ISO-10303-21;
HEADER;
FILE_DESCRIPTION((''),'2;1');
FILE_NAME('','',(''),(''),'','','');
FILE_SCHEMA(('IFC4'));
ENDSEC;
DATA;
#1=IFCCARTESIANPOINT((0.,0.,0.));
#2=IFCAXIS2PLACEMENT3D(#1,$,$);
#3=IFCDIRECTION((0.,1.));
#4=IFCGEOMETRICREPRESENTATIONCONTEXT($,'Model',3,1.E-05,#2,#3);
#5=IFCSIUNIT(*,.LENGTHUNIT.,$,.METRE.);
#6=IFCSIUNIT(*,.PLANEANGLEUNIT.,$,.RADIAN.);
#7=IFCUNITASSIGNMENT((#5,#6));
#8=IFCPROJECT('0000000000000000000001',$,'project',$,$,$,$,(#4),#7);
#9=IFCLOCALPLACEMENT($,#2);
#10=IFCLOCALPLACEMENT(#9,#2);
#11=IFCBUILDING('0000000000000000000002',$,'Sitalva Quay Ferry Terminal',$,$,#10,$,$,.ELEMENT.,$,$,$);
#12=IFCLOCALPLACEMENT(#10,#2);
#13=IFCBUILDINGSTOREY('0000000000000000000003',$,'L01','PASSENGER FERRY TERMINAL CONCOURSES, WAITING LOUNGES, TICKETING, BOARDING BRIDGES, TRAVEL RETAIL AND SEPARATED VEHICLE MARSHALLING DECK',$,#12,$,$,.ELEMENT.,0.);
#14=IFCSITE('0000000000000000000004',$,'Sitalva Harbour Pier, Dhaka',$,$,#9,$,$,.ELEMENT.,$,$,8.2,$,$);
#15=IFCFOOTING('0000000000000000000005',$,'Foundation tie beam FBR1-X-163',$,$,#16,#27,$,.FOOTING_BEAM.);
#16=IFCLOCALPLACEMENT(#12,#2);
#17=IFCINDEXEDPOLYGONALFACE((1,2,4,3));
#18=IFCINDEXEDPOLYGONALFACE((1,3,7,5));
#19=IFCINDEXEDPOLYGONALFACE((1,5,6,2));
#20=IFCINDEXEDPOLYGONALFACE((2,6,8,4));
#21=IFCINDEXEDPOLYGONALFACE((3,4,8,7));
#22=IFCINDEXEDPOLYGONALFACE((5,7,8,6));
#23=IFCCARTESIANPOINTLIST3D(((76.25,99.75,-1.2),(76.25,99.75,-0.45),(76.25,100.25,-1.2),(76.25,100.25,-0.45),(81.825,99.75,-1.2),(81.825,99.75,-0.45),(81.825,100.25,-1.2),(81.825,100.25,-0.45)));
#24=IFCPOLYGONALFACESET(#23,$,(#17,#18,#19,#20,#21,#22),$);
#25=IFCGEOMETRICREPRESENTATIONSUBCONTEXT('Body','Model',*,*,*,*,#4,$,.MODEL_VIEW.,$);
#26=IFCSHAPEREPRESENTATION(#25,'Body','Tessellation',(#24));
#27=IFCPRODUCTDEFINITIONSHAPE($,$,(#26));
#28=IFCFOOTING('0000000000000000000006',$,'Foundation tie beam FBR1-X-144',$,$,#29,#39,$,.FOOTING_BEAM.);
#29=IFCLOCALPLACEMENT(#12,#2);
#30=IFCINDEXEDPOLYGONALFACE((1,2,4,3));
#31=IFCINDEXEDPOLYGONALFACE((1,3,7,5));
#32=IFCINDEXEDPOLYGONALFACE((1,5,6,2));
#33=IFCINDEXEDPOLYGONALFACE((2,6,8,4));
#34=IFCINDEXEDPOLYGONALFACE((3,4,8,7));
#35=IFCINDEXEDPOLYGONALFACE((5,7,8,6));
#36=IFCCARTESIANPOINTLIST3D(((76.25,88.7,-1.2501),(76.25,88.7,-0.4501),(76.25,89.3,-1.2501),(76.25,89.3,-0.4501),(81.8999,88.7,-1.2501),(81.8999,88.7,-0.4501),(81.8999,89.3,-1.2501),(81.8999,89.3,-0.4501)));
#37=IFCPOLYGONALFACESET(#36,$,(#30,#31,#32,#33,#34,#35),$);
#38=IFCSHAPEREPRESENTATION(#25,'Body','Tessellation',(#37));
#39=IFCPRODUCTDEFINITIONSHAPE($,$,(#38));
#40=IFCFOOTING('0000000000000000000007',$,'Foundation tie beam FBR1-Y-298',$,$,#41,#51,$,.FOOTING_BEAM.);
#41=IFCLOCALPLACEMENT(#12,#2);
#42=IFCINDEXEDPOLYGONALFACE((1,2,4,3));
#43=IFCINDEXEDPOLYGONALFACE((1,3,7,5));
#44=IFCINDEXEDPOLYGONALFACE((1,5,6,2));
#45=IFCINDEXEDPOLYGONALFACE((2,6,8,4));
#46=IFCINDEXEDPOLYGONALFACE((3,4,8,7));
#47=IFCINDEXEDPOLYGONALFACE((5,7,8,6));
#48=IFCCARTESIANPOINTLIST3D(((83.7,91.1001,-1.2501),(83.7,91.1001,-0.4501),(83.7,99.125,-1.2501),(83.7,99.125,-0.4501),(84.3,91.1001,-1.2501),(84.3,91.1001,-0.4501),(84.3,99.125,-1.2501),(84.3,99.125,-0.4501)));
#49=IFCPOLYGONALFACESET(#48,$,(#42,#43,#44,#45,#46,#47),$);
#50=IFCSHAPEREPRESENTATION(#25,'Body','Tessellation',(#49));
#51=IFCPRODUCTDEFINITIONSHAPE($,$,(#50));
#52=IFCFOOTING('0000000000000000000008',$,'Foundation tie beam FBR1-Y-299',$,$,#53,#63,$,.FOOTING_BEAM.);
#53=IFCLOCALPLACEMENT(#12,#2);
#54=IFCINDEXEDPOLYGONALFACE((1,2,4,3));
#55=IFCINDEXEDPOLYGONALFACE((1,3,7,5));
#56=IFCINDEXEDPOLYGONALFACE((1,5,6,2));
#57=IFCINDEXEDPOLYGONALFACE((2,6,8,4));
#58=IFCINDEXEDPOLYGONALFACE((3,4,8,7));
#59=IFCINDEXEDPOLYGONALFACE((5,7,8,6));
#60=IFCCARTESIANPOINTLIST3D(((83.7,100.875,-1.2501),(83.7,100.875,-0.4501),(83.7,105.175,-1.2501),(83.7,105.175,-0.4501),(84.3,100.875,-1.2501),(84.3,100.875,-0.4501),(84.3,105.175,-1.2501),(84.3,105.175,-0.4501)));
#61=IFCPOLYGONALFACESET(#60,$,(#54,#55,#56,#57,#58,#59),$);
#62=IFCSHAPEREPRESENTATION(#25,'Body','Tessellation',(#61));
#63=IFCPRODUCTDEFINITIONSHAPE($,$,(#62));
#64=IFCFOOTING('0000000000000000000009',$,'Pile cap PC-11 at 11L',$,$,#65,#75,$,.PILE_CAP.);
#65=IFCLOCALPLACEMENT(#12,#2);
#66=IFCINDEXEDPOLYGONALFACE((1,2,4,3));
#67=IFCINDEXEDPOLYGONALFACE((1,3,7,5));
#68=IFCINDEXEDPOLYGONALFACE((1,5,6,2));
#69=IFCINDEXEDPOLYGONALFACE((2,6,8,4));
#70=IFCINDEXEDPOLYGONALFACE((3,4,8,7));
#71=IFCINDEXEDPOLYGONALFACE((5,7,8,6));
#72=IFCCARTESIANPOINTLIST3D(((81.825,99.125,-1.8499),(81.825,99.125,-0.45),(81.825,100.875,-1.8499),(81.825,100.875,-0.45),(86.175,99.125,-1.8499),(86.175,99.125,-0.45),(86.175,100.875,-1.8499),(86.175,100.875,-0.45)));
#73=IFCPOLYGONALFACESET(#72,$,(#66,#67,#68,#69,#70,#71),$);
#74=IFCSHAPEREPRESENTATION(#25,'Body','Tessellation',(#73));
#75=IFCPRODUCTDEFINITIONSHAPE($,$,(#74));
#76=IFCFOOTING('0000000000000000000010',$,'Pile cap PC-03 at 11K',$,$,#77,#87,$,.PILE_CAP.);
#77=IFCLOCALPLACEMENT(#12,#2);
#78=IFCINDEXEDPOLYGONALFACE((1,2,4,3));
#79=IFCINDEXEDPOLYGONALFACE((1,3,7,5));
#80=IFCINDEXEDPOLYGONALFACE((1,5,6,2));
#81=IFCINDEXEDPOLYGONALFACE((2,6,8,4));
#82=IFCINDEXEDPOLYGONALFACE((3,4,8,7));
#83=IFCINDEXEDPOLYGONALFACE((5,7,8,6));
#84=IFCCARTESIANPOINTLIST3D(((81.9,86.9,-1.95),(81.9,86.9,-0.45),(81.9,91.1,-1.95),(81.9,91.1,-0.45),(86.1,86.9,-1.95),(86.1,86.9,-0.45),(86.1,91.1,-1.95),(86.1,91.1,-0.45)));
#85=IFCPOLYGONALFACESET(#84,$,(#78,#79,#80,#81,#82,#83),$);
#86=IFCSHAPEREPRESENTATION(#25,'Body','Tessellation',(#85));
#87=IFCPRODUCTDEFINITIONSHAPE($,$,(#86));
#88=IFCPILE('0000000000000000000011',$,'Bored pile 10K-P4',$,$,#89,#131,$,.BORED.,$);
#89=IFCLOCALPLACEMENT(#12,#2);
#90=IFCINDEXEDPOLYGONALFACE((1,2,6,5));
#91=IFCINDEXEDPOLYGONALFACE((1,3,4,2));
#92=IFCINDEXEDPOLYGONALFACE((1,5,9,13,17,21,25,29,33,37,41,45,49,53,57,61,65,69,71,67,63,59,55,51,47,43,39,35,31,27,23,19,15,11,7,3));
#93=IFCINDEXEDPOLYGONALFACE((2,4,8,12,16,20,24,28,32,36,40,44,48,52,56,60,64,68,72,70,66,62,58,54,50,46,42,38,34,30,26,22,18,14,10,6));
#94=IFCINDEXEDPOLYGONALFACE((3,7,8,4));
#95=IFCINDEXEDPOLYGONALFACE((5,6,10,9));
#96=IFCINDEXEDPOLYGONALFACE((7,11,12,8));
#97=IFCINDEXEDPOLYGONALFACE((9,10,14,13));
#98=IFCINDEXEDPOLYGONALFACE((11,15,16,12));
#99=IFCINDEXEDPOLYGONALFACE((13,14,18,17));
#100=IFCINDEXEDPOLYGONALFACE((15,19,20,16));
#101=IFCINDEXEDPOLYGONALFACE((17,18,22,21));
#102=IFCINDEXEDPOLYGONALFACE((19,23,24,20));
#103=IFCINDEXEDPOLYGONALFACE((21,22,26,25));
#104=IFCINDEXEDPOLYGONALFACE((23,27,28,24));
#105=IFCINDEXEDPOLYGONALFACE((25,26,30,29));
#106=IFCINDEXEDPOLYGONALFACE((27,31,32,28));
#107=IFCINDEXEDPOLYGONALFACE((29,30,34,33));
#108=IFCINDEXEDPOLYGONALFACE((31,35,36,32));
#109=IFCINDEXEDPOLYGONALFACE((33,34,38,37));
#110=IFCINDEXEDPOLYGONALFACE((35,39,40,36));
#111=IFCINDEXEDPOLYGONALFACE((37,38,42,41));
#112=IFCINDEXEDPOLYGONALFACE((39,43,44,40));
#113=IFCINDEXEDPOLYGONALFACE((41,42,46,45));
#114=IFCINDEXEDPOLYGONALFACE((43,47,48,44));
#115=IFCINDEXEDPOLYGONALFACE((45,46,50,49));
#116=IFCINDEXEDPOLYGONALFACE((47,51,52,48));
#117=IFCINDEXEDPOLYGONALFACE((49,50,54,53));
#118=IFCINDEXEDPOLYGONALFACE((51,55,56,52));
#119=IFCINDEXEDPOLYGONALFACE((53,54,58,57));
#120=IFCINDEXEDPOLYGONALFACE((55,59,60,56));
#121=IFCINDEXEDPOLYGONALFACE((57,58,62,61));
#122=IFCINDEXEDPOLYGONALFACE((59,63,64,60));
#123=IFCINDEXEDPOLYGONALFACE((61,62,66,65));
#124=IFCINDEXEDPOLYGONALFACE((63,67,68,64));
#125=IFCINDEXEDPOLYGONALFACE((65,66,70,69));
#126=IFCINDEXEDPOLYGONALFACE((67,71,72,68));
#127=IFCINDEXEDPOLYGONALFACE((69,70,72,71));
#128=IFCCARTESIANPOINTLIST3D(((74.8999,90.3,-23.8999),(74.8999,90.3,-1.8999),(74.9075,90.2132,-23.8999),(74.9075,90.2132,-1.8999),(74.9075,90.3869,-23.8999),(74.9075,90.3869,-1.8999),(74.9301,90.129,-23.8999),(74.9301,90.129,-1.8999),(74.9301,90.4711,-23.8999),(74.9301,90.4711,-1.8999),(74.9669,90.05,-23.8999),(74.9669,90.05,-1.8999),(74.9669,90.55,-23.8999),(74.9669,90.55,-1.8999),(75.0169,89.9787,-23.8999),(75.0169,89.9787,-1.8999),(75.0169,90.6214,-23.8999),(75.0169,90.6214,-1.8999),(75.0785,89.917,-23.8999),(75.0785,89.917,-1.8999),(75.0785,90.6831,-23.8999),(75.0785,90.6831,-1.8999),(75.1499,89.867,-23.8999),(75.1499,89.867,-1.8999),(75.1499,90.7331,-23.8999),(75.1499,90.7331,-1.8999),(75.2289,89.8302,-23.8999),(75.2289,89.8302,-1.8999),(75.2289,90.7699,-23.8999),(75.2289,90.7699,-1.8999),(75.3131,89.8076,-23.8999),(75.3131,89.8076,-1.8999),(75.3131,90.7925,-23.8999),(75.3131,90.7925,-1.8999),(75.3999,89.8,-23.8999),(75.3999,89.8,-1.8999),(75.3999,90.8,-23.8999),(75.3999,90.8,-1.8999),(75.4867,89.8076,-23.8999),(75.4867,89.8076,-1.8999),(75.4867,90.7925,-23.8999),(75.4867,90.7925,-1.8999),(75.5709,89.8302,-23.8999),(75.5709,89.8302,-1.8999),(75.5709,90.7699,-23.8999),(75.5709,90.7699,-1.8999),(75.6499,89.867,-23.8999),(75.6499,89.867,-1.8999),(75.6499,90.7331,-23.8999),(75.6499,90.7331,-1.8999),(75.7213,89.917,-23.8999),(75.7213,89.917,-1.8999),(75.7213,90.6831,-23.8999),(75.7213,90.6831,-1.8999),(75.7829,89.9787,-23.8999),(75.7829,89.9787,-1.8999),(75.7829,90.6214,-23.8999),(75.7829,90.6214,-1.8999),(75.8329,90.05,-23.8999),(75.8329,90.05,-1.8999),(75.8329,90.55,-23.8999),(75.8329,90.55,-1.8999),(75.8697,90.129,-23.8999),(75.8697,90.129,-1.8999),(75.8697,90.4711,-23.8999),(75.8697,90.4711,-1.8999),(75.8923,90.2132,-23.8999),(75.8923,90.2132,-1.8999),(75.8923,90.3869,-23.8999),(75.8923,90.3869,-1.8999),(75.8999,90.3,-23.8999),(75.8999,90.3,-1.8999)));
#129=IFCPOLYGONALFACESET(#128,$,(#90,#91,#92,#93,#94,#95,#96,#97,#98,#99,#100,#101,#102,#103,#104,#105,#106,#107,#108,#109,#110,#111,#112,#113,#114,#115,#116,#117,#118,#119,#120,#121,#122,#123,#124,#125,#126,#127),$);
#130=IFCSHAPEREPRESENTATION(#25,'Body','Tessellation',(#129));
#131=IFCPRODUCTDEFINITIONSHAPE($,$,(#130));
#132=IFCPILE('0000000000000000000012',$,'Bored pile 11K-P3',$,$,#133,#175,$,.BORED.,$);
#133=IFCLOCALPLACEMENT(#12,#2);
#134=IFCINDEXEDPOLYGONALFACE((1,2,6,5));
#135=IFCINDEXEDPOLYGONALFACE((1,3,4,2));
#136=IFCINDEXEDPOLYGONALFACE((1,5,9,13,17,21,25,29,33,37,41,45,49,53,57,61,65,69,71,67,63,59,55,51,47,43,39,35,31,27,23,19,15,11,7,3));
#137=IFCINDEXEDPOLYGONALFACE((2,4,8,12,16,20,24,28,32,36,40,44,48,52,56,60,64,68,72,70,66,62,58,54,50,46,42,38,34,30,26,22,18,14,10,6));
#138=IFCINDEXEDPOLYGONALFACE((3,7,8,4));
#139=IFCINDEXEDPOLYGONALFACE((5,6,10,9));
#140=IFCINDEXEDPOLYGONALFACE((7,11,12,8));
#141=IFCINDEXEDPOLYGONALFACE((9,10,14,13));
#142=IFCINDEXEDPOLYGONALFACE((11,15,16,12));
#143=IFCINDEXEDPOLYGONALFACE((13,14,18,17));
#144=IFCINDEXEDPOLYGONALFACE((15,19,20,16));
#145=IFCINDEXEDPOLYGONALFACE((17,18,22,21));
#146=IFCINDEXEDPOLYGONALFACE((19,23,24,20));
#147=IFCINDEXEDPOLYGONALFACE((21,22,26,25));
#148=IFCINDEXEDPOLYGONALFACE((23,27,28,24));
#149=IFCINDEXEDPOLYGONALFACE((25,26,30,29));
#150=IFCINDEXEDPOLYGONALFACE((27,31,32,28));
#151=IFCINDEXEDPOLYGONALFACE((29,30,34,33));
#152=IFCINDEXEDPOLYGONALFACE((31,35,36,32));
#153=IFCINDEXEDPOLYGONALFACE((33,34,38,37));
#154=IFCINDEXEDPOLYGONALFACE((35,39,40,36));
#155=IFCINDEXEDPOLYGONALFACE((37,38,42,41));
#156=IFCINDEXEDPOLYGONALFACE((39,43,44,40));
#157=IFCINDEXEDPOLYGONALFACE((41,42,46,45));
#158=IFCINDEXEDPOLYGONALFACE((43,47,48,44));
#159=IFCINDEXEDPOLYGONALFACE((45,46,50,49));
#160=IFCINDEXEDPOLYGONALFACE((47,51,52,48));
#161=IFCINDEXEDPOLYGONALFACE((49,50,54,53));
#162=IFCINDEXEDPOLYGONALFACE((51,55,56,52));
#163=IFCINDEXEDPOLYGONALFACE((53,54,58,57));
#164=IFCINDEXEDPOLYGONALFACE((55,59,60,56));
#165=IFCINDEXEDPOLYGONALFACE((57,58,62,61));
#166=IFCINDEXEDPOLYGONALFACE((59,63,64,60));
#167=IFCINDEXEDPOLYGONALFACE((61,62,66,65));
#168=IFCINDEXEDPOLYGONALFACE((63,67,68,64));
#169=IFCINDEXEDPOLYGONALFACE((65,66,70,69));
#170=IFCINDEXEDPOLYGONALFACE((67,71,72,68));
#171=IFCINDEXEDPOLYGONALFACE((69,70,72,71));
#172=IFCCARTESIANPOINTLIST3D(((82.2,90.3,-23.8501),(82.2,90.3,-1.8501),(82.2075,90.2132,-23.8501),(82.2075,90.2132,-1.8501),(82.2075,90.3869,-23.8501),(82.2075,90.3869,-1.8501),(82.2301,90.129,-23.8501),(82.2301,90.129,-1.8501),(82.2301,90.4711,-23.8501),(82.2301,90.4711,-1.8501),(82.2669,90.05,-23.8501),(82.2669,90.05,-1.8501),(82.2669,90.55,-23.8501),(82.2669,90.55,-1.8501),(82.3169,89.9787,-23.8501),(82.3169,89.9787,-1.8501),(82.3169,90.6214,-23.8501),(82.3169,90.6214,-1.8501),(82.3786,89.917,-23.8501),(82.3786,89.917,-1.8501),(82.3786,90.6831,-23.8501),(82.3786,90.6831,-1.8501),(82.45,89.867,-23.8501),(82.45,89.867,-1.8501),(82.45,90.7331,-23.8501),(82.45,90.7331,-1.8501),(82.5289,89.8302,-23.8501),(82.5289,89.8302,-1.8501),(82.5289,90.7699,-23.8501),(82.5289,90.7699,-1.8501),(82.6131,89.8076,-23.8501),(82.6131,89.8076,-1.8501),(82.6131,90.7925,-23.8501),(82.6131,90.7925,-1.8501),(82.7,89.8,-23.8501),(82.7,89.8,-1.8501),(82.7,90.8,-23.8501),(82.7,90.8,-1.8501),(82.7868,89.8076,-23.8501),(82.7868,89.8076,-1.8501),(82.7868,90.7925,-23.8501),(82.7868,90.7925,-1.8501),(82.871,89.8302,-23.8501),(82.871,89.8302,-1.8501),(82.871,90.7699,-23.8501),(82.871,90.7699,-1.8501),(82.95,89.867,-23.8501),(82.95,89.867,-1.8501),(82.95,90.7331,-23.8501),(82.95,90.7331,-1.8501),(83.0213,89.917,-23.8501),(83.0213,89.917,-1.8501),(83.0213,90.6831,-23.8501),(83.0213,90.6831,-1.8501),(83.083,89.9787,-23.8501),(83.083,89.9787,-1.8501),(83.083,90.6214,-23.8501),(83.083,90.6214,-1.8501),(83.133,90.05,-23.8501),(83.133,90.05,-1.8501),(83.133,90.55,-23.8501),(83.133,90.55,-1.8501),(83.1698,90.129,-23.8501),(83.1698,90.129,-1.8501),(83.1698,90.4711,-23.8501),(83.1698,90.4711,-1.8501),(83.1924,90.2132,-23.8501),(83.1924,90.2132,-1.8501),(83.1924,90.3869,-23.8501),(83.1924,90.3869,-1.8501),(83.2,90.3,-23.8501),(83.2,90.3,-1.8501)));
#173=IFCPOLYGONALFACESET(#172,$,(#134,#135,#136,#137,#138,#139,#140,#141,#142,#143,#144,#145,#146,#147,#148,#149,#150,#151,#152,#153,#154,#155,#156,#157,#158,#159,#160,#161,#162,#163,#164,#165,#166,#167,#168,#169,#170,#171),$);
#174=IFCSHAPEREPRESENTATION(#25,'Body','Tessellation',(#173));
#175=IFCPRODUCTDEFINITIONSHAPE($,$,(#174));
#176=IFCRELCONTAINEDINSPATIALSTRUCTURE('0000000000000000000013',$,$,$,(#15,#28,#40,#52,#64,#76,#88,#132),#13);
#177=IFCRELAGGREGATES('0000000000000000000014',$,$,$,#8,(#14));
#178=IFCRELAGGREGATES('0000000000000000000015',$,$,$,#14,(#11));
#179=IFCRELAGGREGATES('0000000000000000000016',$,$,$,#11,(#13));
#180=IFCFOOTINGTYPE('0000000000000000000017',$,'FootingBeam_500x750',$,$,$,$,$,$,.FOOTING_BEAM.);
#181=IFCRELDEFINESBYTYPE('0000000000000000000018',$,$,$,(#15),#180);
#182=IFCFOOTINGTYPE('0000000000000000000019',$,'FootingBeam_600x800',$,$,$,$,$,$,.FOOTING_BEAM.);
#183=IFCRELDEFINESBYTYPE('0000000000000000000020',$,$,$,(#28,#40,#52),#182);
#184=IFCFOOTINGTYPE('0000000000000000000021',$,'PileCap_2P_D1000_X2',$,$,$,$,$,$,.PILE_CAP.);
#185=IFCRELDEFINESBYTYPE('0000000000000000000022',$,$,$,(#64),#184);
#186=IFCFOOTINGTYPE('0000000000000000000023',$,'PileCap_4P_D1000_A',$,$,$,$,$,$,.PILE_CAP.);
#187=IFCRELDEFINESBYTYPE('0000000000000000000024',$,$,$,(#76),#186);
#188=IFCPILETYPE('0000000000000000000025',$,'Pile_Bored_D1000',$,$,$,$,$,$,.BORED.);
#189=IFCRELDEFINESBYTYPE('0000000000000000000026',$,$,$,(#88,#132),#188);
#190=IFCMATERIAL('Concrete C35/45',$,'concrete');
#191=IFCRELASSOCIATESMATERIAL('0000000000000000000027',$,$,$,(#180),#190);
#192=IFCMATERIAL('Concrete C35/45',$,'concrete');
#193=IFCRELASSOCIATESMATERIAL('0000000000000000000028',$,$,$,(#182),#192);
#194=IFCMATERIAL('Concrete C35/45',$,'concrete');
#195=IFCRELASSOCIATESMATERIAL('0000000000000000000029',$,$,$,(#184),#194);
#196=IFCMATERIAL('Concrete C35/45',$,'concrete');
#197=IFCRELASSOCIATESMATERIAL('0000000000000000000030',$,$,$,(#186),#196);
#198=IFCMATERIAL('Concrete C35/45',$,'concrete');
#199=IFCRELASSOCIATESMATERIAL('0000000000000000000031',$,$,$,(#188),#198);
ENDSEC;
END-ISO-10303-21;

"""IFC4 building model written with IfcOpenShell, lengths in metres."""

from ifc_helpers import new_model, si_unit, direction, frame, origin, origin_2d, place, context, subcontext, project, spatial, rectangle, circle, extrude, material, material_profile, profile_set, type_object, element, save


model = new_model("IFC4")

# Units and contexts
model_context = context("Model", 3, precision=1e-05, world=origin(), true_north=direction((0.0, 1.0)))
body_context = subcontext(model_context, "Body", "Model", "MODEL_VIEW")
ifc_project = project(units=[si_unit("LENGTHUNIT", "METRE"), si_unit("PLANEANGLEUNIT", "RADIAN")], contexts=[model_context])

# Site, building, storey
site_placement = place(None, origin())
site = spatial("IfcSite", under=ifc_project, at=site_placement, Name="Sitalva Harbour Pier, Dhaka", CompositionType="ELEMENT", RefElevation=8.2)
building_placement = place(site_placement, origin())
building = spatial("IfcBuilding", under=site, at=building_placement, Name="Sitalva Quay Ferry Terminal", CompositionType="ELEMENT")
storey_placement = place(building_placement, origin())
storey = spatial("IfcBuildingStorey", under=building, at=storey_placement, Name="L01", Description="PASSENGER FERRY TERMINAL CONCOURSES, WAITING LOUNGES, TICKETING, BOARDING BRIDGES, TRAVEL RETAIL AND SEPARATED VEHICLE MARSHALLING DECK", CompositionType="ELEMENT", Elevation=0.0)

# Footings
ifc_material_1 = material(Name="Concrete C35/45", Category="concrete")
ifc_material_profile_1 = material_profile(ifc_material_1, rectangle(XDim=0.5, YDim=0.75, at=origin_2d()), Name="RC500x750")
ifc_profile_set_1 = profile_set([ifc_material_profile_1], Name="Concrete C35/45")
footing_type_1 = type_object("IfcFootingType", Name="FootingBeam_500x750", PredefinedType="FOOTING_BEAM", material=ifc_profile_set_1)
footing_1_placement = place(storey_placement, frame((76.25, 100.0, -0.825), z_axis=(1.0, 0.0, 0.0), x_axis=(0.0, 1.0, 0.0)))
element("IfcFooting", 1, at=footing_1_placement, inside=storey, type_object=footing_type_1, Name="Foundation tie beam FBR1-X-163", PredefinedType="FOOTING_BEAM", context=body_context, shape_type="SweptSolid", body=[
    extrude(rectangle(XDim=0.5, YDim=0.75, at=origin_2d()), origin(), (0.0, 0.0, 1.0), 5.575),
])
ifc_material_2 = material(Name="Concrete C35/45", Category="concrete")
ifc_material_profile_2 = material_profile(ifc_material_2, rectangle(XDim=0.6001, YDim=0.8, at=origin_2d()), Name="RC600x800")
ifc_profile_set_2 = profile_set([ifc_material_profile_2], Name="Concrete C35/45")
footing_type_2 = type_object("IfcFootingType", Name="FootingBeam_600x800", PredefinedType="FOOTING_BEAM", material=ifc_profile_set_2)
footing_2_placement = place(storey_placement, frame((76.25, 89.0, -0.8501), z_axis=(1.0, 0.0, 0.0), x_axis=(0.0, 1.0, 0.0)))
element("IfcFooting", 2, at=footing_2_placement, inside=storey, type_object=footing_type_2, Name="Foundation tie beam FBR1-X-144", PredefinedType="FOOTING_BEAM", context=body_context, shape_type="SweptSolid", body=[
    extrude(rectangle(XDim=0.6001, YDim=0.8, at=origin_2d()), origin(), (0.0, 0.0, 1.0), 5.6499),
])
footing_3_placement = place(storey_placement, frame((84.0, 91.1001, -0.8501), z_axis=(0.0, 1.0, 0.0), x_axis=(-1.0, 0.0, 0.0)))
element("IfcFooting", 3, at=footing_3_placement, inside=storey, type_object=footing_type_2, Name="Foundation tie beam FBR1-Y-298", PredefinedType="FOOTING_BEAM", context=body_context, shape_type="SweptSolid", body=[
    extrude(rectangle(XDim=0.6001, YDim=0.8, at=origin_2d()), origin(), (0.0, 0.0, 1.0), 8.0249),
])
footing_4_placement = place(storey_placement, frame((84.0, 100.875, -0.8501), z_axis=(0.0, 1.0, 0.0), x_axis=(-1.0, 0.0, 0.0)))
element("IfcFooting", 4, at=footing_4_placement, inside=storey, type_object=footing_type_2, Name="Foundation tie beam FBR1-Y-299", PredefinedType="FOOTING_BEAM", context=body_context, shape_type="SweptSolid", body=[
    extrude(rectangle(XDim=0.6001, YDim=0.8, at=origin_2d()), origin(), (0.0, 0.0, 1.0), 4.3),
])
ifc_material_3 = material(Name="Concrete C35/45", Category="concrete")
footing_type_3 = type_object("IfcFootingType", Name="PileCap_2P_D1000_X2", PredefinedType="PILE_CAP", material=ifc_material_3)
footing_5_placement = place(storey_placement, frame((84.0, 100.0, -1.8499), z_axis=(0.0, 0.0, 1.0), x_axis=(1.0, 0.0, 0.0)))
element("IfcFooting", 5, at=footing_5_placement, inside=storey, type_object=footing_type_3, Name="Pile cap PC-11 at 11L", PredefinedType="PILE_CAP", context=body_context, shape_type="SweptSolid", body=[
    extrude(rectangle(XDim=4.3501, YDim=1.75, at=origin_2d()), origin(), (0.0, 0.0, 1.0), 1.3999),
])
ifc_material_4 = material(Name="Concrete C35/45", Category="concrete")
footing_type_4 = type_object("IfcFootingType", Name="PileCap_4P_D1000_A", PredefinedType="PILE_CAP", material=ifc_material_4)
footing_6_placement = place(storey_placement, frame((84.0, 89.0, -1.95), z_axis=(0.0, 0.0, 1.0), x_axis=(1.0, 0.0, 0.0)))
element("IfcFooting", 6, at=footing_6_placement, inside=storey, type_object=footing_type_4, Name="Pile cap PC-03 at 11K", PredefinedType="PILE_CAP", context=body_context, shape_type="SweptSolid", body=[
    extrude(rectangle(XDim=4.2, YDim=4.2, at=origin_2d()), origin(), (0.0, 0.0, 1.0), 1.5),
])

# Piles
ifc_material_5 = material(Name="Concrete C35/45", Category="concrete")
ifc_material_profile_3 = material_profile(ifc_material_5, circle(Radius=0.5, at=origin_2d()), Name="PILE-D1000")
ifc_profile_set_3 = profile_set([ifc_material_profile_3], Name="Concrete C35/45")
pile_type = type_object("IfcPileType", Name="Pile_Bored_D1000", PredefinedType="BORED", material=ifc_profile_set_3)
for number, where, z_axis, x_axis, name in (
    (7, (75.3999, 90.3, -1.8999), (0.0, 0.0, -1.0), (1.0, 0.0, 0.0), "Bored pile 10K-P4"),
    (8, (82.7, 90.3, -1.8501), (0.0, 0.0, -1.0), (1.0, 0.0, 0.0), "Bored pile 11K-P3"),
):
    element("IfcPile", number, at=place(storey_placement, frame(where, z_axis=z_axis, x_axis=x_axis)), inside=storey, type_object=pile_type, Name=name, PredefinedType="BORED", context=body_context, shape_type="SweptSolid", body=[
        extrude(circle(Radius=0.5, at=origin_2d()), origin(), (0.0, 0.0, 1.0), 22.0),
    ])

save(model, "model.ifc")
